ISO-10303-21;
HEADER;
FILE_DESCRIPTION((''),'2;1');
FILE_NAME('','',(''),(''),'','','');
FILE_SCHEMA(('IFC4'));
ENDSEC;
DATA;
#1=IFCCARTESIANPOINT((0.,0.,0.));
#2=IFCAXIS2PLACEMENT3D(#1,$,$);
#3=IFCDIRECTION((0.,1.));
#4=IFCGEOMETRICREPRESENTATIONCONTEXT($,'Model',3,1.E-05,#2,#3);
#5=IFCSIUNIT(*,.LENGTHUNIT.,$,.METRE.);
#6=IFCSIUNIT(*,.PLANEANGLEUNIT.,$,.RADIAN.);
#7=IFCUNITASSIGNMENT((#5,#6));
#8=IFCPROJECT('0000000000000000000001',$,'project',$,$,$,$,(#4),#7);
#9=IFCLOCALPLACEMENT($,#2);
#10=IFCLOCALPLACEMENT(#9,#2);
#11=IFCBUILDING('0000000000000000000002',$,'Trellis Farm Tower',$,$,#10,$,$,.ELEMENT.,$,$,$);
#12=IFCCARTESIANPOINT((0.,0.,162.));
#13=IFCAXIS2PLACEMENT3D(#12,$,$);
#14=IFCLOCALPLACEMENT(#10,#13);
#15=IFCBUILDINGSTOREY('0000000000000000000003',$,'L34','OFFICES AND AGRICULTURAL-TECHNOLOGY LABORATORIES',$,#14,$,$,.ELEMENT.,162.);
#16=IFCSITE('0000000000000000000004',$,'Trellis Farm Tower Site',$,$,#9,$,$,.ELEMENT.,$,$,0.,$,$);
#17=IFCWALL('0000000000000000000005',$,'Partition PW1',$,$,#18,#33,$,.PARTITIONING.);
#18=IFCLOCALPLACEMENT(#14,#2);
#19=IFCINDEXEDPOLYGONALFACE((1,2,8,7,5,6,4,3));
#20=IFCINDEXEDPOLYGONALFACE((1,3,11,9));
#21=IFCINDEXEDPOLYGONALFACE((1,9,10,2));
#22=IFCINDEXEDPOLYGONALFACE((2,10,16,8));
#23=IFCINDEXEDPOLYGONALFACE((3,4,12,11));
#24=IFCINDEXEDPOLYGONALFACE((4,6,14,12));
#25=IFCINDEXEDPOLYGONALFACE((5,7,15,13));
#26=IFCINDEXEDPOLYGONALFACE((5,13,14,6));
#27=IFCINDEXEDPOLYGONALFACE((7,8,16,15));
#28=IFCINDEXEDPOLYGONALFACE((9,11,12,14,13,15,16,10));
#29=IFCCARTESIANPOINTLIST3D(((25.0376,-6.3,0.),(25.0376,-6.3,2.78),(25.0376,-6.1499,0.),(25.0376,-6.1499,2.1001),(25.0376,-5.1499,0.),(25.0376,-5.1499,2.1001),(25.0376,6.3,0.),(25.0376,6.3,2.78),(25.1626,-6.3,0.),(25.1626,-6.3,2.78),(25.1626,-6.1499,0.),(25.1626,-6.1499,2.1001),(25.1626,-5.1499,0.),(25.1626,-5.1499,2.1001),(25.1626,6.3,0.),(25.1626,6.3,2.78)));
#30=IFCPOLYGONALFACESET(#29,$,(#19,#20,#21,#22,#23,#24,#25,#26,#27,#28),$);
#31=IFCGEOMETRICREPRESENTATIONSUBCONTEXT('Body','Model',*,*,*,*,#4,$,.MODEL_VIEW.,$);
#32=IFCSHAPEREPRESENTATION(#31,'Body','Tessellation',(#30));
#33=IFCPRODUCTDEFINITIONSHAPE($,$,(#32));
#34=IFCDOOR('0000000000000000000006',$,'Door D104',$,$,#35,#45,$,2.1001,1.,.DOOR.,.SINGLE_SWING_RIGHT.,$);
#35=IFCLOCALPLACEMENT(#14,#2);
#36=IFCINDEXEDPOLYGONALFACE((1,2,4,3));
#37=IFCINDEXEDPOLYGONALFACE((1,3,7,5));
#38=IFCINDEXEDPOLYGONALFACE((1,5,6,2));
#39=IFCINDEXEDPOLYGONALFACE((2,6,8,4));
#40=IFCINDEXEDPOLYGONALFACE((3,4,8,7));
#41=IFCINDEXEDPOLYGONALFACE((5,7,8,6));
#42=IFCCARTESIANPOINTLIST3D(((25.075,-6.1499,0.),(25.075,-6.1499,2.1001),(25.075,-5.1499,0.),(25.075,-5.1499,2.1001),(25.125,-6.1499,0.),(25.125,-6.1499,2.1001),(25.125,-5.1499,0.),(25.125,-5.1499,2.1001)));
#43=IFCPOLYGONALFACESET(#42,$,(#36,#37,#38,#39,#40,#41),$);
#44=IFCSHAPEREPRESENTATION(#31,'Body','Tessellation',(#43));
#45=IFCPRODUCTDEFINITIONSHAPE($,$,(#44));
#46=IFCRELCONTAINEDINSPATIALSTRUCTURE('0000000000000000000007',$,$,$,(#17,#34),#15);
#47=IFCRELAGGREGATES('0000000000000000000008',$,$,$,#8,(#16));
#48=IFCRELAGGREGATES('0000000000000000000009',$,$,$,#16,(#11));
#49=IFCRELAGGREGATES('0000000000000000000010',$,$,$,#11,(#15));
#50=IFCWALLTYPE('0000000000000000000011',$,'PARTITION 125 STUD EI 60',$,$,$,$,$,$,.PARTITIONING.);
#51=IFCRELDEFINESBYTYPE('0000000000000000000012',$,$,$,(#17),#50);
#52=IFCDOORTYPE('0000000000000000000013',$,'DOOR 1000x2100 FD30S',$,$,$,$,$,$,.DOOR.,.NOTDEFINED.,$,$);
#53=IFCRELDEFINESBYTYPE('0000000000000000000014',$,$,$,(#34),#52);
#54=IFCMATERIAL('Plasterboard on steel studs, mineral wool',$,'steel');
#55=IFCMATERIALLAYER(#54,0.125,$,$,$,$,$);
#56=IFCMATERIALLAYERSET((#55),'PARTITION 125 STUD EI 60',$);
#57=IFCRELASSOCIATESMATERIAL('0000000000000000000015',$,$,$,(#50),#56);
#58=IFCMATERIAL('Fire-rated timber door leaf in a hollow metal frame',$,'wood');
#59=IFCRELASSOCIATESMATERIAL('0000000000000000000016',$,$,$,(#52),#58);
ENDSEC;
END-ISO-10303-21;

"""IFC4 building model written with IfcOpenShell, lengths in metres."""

from ifc_helpers import new_model, si_unit, direction, frame, frame_2d, origin, place, context, subcontext, project, spatial, rectangle, extrude, source, transform, mapped, material, layer, layer_set, type_object, element, fill, save


model = new_model("IFC4")

# Units and contexts
model_context = context("Model", 3, precision=1e-05, world=origin(), true_north=direction((0.0, 1.0)))
body_context = subcontext(model_context, "Body", "Model", "MODEL_VIEW")
ifc_project = project(units=[si_unit("LENGTHUNIT", "METRE"), si_unit("PLANEANGLEUNIT", "RADIAN")], contexts=[model_context])

# Site, building, storey
site_placement = place(None, origin())
site = spatial("IfcSite", under=ifc_project, at=site_placement, Name="Trellis Farm Tower Site", CompositionType="ELEMENT", RefElevation=0.0)
building_placement = place(site_placement, origin())
building = spatial("IfcBuilding", under=site, at=building_placement, Name="Trellis Farm Tower", CompositionType="ELEMENT")
storey_placement = place(building_placement, frame((0.0, 0.0, 162.0)))
storey = spatial("IfcBuildingStorey", under=building, at=storey_placement, Name="L34", Description="OFFICES AND AGRICULTURAL-TECHNOLOGY LABORATORIES", CompositionType="ELEMENT", Elevation=162.0)

# Wall, opening, door
ifc_material_1 = material(Name="Plasterboard on steel studs, mineral wool", Category="steel")
ifc_layer_1 = layer(ifc_material_1, 0.125)
ifc_layer_set_1 = layer_set([ifc_layer_1], Name="PARTITION 125 STUD EI 60")
wall_type_1 = type_object("IfcWallType", Name="PARTITION 125 STUD EI 60", PredefinedType="PARTITIONING", material=ifc_layer_set_1)
shared_shape_1 = source(origin(), body_context, "Body", "SweptSolid", [
    extrude(rectangle(XDim=12.6001, YDim=0.125, at=frame_2d((6.3, 0.0))), origin(), (0.0, 0.0, 1.0), 2.78),
])
wall_1_placement = place(storey_placement, frame((25.1001, 6.3, 0.0), z_axis=(0.0, 0.0, 1.0), x_axis=(0.0, -1.0, 0.0)))
wall_1 = element("IfcWall", 1, at=wall_1_placement, inside=storey, type_object=wall_type_1, Name="Partition PW1", PredefinedType="PARTITIONING", context=body_context, shape_type="MappedRepresentation", body=[
    mapped(shared_shape_1, transform((0.0, 0.0, 0.0))),
])
shared_shape_2 = source(origin(), body_context, "Body", "SweptSolid", [
    extrude(rectangle(XDim=1.0, YDim=2.1001, at=frame_2d((0.5, 1.05))), frame((0.0, 0.0725, 0.0), z_axis=(0.0, -1.0, 0.0), x_axis=(1.0, 0.0, 0.0)), (0.0, 0.0, 1.0), 0.145),
])
opening_1_placement = place(wall_1_placement, frame((11.45, 0.0, 0.0)))
opening_1 = element("IfcOpeningElement", 2, at=opening_1_placement, cuts=wall_1, PredefinedType="OPENING", context=body_context, shape_type="MappedRepresentation", body=[
    mapped(shared_shape_2, transform((0.0, 0.0, 0.0))),
])
ifc_material_2 = material(Name="Fire-rated timber door leaf in a hollow metal frame", Category="wood")
door_type_1 = type_object("IfcDoorType", Name="DOOR 1000x2100 FD30S", OperationType="NOTDEFINED", PredefinedType="DOOR", material=ifc_material_2)
shared_shape_3 = source(origin(), body_context, "Body", "SweptSolid", [
    extrude(rectangle(XDim=1.0, YDim=2.1001, at=frame_2d((0.5, 1.05))), frame((0.0, 0.0249, 0.0), z_axis=(0.0, -1.0, 0.0), x_axis=(1.0, 0.0, 0.0)), (0.0, 0.0, 1.0), 0.05),
])
door_1_placement = place(opening_1_placement, origin())
door_1 = element("IfcDoor", 3, at=door_1_placement, inside=storey, type_object=door_type_1, Name="Door D104", OperationType="SINGLE_SWING_RIGHT", OverallHeight=2.1001, OverallWidth=1.0, PredefinedType="DOOR", context=body_context, shape_type="MappedRepresentation", body=[
    mapped(shared_shape_3, transform((0.0, 0.0, 0.0))),
])
fill(opening_1, door_1)

save(model, "model.ifc")
